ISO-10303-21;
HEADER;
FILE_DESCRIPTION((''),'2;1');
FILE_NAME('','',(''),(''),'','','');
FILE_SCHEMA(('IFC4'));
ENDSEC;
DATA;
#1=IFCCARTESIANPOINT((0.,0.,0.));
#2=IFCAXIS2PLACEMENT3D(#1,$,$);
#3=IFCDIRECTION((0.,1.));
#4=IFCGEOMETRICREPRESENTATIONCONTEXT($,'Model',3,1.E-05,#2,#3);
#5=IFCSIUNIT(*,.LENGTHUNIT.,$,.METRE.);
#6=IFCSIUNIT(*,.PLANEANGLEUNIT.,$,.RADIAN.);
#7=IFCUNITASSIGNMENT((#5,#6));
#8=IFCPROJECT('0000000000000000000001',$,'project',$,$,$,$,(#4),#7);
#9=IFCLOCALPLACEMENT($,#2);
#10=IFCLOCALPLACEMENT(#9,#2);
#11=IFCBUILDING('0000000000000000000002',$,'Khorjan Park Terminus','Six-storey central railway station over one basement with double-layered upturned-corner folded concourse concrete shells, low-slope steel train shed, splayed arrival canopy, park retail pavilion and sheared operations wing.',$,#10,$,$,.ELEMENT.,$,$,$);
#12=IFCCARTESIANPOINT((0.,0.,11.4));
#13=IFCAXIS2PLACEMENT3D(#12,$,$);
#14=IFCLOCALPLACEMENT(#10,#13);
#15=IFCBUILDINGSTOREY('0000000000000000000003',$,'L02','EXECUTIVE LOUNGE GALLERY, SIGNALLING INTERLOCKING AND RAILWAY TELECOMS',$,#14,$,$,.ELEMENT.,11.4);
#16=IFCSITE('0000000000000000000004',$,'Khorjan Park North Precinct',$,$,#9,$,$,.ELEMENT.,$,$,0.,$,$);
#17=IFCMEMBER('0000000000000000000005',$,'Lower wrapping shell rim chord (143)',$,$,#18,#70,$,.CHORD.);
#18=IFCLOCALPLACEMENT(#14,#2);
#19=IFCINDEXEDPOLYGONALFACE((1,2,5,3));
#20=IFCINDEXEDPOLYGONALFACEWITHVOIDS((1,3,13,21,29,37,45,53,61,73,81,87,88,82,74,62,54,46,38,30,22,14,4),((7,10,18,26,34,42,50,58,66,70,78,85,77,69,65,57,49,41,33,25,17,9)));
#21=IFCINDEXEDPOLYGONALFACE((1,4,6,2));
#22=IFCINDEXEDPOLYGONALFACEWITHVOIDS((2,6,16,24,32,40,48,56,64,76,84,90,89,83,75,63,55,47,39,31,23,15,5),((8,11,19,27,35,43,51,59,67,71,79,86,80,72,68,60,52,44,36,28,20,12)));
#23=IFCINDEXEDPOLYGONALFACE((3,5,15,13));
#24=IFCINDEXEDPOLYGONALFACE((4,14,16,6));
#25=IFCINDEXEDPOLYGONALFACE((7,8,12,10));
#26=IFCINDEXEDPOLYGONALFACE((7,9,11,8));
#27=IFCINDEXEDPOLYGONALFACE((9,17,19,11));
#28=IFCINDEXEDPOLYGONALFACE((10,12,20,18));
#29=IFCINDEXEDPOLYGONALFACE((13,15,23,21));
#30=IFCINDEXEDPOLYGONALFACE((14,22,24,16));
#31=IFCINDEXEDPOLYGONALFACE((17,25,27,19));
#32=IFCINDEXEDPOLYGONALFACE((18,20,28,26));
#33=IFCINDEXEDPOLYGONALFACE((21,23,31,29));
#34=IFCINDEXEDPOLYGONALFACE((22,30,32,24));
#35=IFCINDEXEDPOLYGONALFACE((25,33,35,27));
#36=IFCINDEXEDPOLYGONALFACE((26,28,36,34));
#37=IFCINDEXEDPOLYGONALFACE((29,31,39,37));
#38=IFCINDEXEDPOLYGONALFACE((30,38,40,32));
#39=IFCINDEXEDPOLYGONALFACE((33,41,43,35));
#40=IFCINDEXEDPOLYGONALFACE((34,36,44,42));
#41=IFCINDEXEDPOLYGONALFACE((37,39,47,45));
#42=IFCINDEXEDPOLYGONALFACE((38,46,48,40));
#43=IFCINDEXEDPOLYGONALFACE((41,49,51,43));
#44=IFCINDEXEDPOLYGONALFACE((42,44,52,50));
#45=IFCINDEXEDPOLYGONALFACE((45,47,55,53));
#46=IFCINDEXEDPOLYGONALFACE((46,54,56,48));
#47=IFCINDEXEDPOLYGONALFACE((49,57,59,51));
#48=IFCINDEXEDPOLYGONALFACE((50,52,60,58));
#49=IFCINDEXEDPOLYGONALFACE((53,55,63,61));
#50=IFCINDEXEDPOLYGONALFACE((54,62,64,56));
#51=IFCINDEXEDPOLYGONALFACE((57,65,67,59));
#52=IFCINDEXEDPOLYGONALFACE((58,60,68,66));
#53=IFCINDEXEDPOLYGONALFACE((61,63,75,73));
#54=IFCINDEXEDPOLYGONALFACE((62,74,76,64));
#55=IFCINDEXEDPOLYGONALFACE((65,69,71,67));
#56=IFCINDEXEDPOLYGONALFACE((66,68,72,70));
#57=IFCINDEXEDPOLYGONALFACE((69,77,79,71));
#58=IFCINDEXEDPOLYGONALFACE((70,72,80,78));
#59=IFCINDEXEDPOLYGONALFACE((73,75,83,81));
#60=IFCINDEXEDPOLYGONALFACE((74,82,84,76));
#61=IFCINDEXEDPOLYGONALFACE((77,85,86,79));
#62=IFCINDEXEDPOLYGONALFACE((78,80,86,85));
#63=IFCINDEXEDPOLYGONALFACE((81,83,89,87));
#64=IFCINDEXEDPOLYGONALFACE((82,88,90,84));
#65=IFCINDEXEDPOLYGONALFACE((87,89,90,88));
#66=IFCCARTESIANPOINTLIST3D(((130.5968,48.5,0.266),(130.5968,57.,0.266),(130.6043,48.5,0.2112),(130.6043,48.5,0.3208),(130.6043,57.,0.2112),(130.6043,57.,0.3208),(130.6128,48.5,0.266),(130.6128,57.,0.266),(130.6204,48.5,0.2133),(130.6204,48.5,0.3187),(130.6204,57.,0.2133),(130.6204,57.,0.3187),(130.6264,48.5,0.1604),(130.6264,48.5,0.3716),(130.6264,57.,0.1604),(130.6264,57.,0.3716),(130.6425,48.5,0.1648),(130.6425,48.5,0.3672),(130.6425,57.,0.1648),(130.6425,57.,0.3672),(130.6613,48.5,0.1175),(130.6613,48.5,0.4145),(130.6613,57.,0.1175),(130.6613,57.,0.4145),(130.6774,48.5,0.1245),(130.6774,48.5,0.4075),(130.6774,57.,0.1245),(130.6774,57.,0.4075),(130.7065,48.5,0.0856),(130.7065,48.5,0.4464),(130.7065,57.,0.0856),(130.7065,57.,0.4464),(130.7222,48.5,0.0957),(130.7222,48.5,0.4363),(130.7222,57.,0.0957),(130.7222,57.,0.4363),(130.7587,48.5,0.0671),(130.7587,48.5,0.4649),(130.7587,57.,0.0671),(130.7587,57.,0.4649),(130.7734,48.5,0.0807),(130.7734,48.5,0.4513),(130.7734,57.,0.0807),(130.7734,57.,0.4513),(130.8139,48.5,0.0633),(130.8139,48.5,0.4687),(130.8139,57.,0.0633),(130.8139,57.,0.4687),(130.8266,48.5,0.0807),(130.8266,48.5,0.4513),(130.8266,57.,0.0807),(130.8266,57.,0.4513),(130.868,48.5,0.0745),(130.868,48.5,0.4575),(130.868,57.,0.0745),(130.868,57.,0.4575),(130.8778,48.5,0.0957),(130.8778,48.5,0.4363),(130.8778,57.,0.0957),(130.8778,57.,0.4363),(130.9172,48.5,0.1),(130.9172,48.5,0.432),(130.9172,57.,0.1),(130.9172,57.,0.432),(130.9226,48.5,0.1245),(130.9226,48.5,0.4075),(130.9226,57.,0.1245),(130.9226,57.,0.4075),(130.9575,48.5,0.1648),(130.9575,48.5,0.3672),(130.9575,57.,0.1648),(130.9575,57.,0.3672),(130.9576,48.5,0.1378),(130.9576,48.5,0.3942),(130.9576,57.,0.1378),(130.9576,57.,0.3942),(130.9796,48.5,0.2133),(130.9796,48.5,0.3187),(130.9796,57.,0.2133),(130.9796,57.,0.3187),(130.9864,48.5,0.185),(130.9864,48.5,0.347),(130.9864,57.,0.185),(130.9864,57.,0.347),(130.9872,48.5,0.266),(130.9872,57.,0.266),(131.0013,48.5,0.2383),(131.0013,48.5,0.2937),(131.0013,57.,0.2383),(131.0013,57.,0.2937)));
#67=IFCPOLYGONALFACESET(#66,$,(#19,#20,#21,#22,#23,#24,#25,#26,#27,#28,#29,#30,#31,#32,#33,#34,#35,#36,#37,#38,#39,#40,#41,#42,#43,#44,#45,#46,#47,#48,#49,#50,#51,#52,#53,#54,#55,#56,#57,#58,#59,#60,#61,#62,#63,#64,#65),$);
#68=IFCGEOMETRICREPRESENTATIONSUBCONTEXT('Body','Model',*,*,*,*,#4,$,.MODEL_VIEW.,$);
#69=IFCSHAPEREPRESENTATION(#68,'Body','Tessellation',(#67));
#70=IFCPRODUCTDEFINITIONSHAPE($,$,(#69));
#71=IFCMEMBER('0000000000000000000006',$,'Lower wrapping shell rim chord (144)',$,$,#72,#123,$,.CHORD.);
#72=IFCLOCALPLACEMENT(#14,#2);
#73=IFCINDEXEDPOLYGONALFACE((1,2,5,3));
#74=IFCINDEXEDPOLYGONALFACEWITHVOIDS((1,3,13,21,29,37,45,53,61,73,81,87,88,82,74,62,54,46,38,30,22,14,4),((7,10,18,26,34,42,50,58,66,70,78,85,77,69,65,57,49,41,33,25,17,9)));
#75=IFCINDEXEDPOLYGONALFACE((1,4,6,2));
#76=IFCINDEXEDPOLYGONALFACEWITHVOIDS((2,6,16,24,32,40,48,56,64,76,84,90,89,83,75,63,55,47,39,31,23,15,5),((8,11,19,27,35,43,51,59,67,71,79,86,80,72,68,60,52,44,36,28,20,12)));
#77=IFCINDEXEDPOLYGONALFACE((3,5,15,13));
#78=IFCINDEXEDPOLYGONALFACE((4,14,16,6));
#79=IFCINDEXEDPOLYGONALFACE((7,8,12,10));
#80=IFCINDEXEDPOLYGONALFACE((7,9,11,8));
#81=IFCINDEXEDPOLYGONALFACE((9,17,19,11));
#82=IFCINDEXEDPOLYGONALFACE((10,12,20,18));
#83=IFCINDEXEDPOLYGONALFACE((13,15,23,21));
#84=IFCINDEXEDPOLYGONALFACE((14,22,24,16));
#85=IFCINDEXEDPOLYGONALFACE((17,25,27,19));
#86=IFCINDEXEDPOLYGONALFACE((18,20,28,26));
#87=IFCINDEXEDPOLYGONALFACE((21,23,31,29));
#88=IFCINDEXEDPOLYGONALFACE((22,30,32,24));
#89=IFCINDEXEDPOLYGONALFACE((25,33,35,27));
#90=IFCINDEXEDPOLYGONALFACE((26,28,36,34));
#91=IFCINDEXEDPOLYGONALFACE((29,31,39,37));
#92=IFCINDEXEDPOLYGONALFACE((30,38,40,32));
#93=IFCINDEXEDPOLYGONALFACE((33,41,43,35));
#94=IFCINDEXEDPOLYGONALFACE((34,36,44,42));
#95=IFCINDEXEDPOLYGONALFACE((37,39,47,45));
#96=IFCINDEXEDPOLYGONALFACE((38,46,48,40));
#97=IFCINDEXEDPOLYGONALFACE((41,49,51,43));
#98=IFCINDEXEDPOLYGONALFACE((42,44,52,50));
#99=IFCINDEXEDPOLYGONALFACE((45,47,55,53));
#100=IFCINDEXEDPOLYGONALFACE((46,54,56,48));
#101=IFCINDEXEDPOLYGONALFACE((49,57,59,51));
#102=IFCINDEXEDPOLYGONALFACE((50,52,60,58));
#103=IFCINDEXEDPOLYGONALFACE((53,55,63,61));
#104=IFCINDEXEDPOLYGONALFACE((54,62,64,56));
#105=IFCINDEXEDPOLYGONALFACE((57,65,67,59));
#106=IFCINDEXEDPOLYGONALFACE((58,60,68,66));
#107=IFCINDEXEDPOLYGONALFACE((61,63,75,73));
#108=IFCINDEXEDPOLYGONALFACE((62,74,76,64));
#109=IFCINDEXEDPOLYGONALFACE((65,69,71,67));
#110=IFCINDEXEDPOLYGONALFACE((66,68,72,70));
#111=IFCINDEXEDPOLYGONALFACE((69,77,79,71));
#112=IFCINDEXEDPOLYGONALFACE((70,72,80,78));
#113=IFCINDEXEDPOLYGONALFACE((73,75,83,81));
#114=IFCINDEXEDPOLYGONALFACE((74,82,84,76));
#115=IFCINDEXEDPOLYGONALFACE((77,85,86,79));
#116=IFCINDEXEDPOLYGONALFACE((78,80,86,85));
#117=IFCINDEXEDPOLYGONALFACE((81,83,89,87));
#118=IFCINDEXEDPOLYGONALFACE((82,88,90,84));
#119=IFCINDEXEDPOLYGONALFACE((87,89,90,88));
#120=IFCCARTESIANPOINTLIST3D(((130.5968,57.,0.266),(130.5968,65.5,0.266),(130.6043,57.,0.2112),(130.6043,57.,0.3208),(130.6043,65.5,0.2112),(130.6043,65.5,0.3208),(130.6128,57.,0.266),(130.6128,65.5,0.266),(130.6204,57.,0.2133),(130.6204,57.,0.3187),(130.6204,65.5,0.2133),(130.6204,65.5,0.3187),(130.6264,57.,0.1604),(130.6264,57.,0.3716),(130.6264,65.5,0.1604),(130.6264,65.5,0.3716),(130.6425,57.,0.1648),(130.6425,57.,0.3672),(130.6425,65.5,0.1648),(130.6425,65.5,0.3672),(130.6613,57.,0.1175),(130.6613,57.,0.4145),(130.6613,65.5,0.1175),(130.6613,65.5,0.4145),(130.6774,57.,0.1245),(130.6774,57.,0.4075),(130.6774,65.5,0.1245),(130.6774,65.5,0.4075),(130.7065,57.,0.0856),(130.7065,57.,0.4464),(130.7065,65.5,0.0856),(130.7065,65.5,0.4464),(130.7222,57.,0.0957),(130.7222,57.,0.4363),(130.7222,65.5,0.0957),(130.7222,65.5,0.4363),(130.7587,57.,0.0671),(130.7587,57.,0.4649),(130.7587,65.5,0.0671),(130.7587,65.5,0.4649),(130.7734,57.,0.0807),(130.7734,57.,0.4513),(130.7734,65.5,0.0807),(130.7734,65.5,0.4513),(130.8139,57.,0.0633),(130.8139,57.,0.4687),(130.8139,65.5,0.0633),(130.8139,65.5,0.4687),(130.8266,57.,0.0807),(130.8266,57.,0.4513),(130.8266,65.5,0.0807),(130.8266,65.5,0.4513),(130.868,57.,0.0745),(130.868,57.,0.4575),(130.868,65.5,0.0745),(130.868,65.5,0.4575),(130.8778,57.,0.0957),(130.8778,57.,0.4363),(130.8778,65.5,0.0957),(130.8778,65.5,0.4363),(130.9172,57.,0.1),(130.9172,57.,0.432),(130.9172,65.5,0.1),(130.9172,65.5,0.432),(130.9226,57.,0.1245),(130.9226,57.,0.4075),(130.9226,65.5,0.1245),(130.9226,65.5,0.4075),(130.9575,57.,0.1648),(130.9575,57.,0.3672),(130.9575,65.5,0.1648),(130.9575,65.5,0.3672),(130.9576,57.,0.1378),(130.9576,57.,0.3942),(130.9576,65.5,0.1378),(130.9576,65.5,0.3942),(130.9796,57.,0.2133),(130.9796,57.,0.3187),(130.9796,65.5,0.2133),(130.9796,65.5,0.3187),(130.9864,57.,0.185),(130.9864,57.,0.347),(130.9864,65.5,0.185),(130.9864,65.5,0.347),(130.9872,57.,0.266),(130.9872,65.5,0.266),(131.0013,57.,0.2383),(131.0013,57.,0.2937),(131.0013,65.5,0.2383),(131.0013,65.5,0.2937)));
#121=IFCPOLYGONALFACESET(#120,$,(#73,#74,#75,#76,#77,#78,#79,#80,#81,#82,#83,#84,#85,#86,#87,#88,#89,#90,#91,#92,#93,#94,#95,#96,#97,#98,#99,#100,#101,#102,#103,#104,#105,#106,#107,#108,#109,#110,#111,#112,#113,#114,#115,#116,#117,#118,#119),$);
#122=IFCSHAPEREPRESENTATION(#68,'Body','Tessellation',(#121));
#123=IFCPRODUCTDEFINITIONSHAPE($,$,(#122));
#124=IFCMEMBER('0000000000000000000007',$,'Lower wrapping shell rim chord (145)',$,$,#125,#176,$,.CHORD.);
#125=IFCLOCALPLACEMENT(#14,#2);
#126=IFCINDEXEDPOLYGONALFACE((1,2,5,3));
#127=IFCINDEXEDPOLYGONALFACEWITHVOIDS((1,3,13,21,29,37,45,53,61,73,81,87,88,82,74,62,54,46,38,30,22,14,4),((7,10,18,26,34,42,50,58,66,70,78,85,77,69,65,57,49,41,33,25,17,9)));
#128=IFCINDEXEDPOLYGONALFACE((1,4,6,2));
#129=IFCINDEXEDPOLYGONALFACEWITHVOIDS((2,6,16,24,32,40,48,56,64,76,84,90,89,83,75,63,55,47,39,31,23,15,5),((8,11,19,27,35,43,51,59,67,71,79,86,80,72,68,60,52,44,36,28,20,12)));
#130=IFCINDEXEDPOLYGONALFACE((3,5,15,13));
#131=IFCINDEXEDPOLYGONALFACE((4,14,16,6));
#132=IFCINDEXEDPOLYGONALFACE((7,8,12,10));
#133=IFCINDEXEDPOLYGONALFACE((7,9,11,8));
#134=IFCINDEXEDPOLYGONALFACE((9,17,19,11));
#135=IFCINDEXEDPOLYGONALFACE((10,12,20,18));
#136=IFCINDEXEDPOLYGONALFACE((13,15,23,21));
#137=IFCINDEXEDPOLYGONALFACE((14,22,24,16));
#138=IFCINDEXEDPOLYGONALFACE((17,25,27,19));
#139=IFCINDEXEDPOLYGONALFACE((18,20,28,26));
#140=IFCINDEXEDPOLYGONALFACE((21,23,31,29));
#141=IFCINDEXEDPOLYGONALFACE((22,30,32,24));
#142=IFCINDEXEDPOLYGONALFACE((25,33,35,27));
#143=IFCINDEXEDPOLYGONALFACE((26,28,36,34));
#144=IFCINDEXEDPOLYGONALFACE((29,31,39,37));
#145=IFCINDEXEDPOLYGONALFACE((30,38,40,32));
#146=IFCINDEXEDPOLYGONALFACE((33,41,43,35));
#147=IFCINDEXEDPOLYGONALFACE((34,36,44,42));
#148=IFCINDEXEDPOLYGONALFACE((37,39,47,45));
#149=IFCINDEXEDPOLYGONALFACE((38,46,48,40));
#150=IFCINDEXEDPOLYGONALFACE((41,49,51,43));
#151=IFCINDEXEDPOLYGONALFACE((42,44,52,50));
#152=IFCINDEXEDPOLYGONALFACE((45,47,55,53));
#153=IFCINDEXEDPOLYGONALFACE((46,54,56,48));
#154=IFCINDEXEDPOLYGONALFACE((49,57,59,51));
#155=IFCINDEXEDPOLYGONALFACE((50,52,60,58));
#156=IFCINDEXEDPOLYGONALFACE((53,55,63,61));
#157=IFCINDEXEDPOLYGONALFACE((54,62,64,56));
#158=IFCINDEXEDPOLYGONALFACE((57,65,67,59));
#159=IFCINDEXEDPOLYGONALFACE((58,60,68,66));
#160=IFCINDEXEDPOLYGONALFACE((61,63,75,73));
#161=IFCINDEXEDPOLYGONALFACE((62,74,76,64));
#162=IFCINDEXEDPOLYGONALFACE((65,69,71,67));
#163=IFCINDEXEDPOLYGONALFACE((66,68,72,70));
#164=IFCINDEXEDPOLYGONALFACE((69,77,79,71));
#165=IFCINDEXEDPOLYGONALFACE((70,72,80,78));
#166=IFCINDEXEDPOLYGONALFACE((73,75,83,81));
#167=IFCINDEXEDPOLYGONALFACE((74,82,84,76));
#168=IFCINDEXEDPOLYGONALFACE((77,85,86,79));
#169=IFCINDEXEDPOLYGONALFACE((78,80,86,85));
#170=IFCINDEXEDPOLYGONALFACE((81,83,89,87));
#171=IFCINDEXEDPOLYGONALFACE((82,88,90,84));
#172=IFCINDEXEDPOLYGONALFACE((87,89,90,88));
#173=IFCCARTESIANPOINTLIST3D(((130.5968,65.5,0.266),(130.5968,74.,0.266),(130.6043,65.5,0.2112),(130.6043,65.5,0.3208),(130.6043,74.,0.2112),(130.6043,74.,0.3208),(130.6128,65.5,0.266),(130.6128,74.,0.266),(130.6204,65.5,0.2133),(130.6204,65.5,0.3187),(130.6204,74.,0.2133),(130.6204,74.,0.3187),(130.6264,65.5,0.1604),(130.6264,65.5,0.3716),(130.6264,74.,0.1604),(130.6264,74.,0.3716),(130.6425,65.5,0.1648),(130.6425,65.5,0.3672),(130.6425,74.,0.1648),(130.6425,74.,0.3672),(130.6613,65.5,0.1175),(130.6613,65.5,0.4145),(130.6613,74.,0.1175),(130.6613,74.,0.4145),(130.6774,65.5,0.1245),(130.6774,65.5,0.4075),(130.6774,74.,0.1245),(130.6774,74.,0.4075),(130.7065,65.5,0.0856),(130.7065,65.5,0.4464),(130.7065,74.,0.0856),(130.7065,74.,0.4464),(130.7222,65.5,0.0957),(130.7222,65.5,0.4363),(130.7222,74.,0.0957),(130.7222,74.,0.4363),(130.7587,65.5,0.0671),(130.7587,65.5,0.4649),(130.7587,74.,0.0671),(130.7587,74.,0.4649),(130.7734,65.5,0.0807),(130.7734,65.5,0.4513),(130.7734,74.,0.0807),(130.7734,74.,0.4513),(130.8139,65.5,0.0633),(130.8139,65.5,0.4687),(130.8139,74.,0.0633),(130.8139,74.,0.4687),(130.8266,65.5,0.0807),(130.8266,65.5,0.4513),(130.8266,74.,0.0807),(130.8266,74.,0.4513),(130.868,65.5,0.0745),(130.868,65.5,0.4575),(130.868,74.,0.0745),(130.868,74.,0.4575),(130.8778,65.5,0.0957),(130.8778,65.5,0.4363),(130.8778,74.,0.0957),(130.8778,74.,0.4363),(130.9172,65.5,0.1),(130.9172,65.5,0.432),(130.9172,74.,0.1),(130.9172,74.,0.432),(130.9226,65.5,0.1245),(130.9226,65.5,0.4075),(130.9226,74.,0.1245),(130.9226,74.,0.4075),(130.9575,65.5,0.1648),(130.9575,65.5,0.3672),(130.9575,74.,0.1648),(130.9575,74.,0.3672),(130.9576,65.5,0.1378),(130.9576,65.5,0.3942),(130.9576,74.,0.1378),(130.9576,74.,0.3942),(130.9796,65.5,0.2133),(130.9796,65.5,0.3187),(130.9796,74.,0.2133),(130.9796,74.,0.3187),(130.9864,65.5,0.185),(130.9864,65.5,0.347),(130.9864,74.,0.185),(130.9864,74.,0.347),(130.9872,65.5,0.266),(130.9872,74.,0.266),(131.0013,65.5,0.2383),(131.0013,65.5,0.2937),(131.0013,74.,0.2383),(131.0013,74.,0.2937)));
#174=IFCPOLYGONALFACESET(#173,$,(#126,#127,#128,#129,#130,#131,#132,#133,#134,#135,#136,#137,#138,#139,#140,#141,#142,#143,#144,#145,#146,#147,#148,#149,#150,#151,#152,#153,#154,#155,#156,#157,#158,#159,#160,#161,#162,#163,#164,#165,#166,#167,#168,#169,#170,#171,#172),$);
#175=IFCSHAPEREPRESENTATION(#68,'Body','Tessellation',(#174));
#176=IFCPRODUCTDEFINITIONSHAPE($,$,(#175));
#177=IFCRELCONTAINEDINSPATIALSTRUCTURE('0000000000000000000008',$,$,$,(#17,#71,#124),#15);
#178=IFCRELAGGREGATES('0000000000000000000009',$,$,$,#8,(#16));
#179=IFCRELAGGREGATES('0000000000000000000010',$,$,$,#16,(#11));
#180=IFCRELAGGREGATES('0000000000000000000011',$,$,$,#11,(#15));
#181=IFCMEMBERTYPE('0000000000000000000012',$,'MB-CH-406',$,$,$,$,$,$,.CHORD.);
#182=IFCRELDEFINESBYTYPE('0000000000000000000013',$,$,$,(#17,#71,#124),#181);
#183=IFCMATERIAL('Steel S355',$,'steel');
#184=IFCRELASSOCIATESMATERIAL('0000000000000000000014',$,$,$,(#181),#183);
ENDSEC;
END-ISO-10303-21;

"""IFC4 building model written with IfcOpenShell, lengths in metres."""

from ifc_helpers import new_model, si_unit, direction, frame, origin, origin_2d, place, context, subcontext, project, spatial, hollow_circle, extrude, material, material_profile, profile_set, type_object, element, save


model = new_model("IFC4")

# Units and contexts
model_context = context("Model", 3, precision=1e-05, world=origin(), true_north=direction((0.0, 1.0)))
body_context = subcontext(model_context, "Body", "Model", "MODEL_VIEW")
ifc_project = project(units=[si_unit("LENGTHUNIT", "METRE"), si_unit("PLANEANGLEUNIT", "RADIAN")], contexts=[model_context])

# Site, building, storey
site_placement = place(None, origin())
site = spatial("IfcSite", under=ifc_project, at=site_placement, Name="Khorjan Park North Precinct", CompositionType="ELEMENT", RefElevation=0.0)
building_placement = place(site_placement, origin())
building = spatial("IfcBuilding", under=site, at=building_placement, Name="Khorjan Park Terminus", Description="Six-storey central railway station over one basement with double-layered upturned-corner folded concourse concrete shells, low-slope steel train shed, splayed arrival canopy, park retail pavilion and sheared operations wing.", CompositionType="ELEMENT")
storey_placement = place(building_placement, frame((0.0, 0.0, 11.4)))
storey = spatial("IfcBuildingStorey", under=building, at=storey_placement, Name="L02", Description="EXECUTIVE LOUNGE GALLERY, SIGNALLING INTERLOCKING AND RAILWAY TELECOMS", CompositionType="ELEMENT", Elevation=11.4)

# Members
ifc_material_1 = material(Name="Steel S355", Category="steel")
ifc_material_profile_1 = material_profile(ifc_material_1, hollow_circle(Radius=0.2032, WallThickness=0.016, at=origin_2d()), Name="CHS 406.4x16")
ifc_profile_set_1 = profile_set([ifc_material_profile_1], Name="Steel S355")
member_type_1 = type_object("IfcMemberType", Name="MB-CH-406", PredefinedType="CHORD", material=ifc_profile_set_1)
for number, where, z_axis, x_axis, name in (
    (1, (130.8, 48.5, 0.266), (0.0, 1.0, 0.0), (-1.0, 0.0, 0.0), "Lower wrapping shell rim chord (143)"),
    (2, (130.8, 57.0, 0.266), (0.0, 1.0, 0.0), (-1.0, 0.0, 0.0), "Lower wrapping shell rim chord (144)"),
    (3, (130.8, 65.5, 0.266), (0.0, 1.0, 0.0), (-1.0, 0.0, 0.0), "Lower wrapping shell rim chord (145)"),
):
    element("IfcMember", number, at=place(storey_placement, frame(where, z_axis=z_axis, x_axis=x_axis)), inside=storey, type_object=member_type_1, Name=name, PredefinedType="CHORD", context=body_context, shape_type="SweptSolid", body=[
        extrude(hollow_circle(Radius=0.2032, WallThickness=0.016, at=origin_2d()), origin(), (0.0, 0.0, 1.0), 8.5),
    ])

save(model, "model.ifc")
